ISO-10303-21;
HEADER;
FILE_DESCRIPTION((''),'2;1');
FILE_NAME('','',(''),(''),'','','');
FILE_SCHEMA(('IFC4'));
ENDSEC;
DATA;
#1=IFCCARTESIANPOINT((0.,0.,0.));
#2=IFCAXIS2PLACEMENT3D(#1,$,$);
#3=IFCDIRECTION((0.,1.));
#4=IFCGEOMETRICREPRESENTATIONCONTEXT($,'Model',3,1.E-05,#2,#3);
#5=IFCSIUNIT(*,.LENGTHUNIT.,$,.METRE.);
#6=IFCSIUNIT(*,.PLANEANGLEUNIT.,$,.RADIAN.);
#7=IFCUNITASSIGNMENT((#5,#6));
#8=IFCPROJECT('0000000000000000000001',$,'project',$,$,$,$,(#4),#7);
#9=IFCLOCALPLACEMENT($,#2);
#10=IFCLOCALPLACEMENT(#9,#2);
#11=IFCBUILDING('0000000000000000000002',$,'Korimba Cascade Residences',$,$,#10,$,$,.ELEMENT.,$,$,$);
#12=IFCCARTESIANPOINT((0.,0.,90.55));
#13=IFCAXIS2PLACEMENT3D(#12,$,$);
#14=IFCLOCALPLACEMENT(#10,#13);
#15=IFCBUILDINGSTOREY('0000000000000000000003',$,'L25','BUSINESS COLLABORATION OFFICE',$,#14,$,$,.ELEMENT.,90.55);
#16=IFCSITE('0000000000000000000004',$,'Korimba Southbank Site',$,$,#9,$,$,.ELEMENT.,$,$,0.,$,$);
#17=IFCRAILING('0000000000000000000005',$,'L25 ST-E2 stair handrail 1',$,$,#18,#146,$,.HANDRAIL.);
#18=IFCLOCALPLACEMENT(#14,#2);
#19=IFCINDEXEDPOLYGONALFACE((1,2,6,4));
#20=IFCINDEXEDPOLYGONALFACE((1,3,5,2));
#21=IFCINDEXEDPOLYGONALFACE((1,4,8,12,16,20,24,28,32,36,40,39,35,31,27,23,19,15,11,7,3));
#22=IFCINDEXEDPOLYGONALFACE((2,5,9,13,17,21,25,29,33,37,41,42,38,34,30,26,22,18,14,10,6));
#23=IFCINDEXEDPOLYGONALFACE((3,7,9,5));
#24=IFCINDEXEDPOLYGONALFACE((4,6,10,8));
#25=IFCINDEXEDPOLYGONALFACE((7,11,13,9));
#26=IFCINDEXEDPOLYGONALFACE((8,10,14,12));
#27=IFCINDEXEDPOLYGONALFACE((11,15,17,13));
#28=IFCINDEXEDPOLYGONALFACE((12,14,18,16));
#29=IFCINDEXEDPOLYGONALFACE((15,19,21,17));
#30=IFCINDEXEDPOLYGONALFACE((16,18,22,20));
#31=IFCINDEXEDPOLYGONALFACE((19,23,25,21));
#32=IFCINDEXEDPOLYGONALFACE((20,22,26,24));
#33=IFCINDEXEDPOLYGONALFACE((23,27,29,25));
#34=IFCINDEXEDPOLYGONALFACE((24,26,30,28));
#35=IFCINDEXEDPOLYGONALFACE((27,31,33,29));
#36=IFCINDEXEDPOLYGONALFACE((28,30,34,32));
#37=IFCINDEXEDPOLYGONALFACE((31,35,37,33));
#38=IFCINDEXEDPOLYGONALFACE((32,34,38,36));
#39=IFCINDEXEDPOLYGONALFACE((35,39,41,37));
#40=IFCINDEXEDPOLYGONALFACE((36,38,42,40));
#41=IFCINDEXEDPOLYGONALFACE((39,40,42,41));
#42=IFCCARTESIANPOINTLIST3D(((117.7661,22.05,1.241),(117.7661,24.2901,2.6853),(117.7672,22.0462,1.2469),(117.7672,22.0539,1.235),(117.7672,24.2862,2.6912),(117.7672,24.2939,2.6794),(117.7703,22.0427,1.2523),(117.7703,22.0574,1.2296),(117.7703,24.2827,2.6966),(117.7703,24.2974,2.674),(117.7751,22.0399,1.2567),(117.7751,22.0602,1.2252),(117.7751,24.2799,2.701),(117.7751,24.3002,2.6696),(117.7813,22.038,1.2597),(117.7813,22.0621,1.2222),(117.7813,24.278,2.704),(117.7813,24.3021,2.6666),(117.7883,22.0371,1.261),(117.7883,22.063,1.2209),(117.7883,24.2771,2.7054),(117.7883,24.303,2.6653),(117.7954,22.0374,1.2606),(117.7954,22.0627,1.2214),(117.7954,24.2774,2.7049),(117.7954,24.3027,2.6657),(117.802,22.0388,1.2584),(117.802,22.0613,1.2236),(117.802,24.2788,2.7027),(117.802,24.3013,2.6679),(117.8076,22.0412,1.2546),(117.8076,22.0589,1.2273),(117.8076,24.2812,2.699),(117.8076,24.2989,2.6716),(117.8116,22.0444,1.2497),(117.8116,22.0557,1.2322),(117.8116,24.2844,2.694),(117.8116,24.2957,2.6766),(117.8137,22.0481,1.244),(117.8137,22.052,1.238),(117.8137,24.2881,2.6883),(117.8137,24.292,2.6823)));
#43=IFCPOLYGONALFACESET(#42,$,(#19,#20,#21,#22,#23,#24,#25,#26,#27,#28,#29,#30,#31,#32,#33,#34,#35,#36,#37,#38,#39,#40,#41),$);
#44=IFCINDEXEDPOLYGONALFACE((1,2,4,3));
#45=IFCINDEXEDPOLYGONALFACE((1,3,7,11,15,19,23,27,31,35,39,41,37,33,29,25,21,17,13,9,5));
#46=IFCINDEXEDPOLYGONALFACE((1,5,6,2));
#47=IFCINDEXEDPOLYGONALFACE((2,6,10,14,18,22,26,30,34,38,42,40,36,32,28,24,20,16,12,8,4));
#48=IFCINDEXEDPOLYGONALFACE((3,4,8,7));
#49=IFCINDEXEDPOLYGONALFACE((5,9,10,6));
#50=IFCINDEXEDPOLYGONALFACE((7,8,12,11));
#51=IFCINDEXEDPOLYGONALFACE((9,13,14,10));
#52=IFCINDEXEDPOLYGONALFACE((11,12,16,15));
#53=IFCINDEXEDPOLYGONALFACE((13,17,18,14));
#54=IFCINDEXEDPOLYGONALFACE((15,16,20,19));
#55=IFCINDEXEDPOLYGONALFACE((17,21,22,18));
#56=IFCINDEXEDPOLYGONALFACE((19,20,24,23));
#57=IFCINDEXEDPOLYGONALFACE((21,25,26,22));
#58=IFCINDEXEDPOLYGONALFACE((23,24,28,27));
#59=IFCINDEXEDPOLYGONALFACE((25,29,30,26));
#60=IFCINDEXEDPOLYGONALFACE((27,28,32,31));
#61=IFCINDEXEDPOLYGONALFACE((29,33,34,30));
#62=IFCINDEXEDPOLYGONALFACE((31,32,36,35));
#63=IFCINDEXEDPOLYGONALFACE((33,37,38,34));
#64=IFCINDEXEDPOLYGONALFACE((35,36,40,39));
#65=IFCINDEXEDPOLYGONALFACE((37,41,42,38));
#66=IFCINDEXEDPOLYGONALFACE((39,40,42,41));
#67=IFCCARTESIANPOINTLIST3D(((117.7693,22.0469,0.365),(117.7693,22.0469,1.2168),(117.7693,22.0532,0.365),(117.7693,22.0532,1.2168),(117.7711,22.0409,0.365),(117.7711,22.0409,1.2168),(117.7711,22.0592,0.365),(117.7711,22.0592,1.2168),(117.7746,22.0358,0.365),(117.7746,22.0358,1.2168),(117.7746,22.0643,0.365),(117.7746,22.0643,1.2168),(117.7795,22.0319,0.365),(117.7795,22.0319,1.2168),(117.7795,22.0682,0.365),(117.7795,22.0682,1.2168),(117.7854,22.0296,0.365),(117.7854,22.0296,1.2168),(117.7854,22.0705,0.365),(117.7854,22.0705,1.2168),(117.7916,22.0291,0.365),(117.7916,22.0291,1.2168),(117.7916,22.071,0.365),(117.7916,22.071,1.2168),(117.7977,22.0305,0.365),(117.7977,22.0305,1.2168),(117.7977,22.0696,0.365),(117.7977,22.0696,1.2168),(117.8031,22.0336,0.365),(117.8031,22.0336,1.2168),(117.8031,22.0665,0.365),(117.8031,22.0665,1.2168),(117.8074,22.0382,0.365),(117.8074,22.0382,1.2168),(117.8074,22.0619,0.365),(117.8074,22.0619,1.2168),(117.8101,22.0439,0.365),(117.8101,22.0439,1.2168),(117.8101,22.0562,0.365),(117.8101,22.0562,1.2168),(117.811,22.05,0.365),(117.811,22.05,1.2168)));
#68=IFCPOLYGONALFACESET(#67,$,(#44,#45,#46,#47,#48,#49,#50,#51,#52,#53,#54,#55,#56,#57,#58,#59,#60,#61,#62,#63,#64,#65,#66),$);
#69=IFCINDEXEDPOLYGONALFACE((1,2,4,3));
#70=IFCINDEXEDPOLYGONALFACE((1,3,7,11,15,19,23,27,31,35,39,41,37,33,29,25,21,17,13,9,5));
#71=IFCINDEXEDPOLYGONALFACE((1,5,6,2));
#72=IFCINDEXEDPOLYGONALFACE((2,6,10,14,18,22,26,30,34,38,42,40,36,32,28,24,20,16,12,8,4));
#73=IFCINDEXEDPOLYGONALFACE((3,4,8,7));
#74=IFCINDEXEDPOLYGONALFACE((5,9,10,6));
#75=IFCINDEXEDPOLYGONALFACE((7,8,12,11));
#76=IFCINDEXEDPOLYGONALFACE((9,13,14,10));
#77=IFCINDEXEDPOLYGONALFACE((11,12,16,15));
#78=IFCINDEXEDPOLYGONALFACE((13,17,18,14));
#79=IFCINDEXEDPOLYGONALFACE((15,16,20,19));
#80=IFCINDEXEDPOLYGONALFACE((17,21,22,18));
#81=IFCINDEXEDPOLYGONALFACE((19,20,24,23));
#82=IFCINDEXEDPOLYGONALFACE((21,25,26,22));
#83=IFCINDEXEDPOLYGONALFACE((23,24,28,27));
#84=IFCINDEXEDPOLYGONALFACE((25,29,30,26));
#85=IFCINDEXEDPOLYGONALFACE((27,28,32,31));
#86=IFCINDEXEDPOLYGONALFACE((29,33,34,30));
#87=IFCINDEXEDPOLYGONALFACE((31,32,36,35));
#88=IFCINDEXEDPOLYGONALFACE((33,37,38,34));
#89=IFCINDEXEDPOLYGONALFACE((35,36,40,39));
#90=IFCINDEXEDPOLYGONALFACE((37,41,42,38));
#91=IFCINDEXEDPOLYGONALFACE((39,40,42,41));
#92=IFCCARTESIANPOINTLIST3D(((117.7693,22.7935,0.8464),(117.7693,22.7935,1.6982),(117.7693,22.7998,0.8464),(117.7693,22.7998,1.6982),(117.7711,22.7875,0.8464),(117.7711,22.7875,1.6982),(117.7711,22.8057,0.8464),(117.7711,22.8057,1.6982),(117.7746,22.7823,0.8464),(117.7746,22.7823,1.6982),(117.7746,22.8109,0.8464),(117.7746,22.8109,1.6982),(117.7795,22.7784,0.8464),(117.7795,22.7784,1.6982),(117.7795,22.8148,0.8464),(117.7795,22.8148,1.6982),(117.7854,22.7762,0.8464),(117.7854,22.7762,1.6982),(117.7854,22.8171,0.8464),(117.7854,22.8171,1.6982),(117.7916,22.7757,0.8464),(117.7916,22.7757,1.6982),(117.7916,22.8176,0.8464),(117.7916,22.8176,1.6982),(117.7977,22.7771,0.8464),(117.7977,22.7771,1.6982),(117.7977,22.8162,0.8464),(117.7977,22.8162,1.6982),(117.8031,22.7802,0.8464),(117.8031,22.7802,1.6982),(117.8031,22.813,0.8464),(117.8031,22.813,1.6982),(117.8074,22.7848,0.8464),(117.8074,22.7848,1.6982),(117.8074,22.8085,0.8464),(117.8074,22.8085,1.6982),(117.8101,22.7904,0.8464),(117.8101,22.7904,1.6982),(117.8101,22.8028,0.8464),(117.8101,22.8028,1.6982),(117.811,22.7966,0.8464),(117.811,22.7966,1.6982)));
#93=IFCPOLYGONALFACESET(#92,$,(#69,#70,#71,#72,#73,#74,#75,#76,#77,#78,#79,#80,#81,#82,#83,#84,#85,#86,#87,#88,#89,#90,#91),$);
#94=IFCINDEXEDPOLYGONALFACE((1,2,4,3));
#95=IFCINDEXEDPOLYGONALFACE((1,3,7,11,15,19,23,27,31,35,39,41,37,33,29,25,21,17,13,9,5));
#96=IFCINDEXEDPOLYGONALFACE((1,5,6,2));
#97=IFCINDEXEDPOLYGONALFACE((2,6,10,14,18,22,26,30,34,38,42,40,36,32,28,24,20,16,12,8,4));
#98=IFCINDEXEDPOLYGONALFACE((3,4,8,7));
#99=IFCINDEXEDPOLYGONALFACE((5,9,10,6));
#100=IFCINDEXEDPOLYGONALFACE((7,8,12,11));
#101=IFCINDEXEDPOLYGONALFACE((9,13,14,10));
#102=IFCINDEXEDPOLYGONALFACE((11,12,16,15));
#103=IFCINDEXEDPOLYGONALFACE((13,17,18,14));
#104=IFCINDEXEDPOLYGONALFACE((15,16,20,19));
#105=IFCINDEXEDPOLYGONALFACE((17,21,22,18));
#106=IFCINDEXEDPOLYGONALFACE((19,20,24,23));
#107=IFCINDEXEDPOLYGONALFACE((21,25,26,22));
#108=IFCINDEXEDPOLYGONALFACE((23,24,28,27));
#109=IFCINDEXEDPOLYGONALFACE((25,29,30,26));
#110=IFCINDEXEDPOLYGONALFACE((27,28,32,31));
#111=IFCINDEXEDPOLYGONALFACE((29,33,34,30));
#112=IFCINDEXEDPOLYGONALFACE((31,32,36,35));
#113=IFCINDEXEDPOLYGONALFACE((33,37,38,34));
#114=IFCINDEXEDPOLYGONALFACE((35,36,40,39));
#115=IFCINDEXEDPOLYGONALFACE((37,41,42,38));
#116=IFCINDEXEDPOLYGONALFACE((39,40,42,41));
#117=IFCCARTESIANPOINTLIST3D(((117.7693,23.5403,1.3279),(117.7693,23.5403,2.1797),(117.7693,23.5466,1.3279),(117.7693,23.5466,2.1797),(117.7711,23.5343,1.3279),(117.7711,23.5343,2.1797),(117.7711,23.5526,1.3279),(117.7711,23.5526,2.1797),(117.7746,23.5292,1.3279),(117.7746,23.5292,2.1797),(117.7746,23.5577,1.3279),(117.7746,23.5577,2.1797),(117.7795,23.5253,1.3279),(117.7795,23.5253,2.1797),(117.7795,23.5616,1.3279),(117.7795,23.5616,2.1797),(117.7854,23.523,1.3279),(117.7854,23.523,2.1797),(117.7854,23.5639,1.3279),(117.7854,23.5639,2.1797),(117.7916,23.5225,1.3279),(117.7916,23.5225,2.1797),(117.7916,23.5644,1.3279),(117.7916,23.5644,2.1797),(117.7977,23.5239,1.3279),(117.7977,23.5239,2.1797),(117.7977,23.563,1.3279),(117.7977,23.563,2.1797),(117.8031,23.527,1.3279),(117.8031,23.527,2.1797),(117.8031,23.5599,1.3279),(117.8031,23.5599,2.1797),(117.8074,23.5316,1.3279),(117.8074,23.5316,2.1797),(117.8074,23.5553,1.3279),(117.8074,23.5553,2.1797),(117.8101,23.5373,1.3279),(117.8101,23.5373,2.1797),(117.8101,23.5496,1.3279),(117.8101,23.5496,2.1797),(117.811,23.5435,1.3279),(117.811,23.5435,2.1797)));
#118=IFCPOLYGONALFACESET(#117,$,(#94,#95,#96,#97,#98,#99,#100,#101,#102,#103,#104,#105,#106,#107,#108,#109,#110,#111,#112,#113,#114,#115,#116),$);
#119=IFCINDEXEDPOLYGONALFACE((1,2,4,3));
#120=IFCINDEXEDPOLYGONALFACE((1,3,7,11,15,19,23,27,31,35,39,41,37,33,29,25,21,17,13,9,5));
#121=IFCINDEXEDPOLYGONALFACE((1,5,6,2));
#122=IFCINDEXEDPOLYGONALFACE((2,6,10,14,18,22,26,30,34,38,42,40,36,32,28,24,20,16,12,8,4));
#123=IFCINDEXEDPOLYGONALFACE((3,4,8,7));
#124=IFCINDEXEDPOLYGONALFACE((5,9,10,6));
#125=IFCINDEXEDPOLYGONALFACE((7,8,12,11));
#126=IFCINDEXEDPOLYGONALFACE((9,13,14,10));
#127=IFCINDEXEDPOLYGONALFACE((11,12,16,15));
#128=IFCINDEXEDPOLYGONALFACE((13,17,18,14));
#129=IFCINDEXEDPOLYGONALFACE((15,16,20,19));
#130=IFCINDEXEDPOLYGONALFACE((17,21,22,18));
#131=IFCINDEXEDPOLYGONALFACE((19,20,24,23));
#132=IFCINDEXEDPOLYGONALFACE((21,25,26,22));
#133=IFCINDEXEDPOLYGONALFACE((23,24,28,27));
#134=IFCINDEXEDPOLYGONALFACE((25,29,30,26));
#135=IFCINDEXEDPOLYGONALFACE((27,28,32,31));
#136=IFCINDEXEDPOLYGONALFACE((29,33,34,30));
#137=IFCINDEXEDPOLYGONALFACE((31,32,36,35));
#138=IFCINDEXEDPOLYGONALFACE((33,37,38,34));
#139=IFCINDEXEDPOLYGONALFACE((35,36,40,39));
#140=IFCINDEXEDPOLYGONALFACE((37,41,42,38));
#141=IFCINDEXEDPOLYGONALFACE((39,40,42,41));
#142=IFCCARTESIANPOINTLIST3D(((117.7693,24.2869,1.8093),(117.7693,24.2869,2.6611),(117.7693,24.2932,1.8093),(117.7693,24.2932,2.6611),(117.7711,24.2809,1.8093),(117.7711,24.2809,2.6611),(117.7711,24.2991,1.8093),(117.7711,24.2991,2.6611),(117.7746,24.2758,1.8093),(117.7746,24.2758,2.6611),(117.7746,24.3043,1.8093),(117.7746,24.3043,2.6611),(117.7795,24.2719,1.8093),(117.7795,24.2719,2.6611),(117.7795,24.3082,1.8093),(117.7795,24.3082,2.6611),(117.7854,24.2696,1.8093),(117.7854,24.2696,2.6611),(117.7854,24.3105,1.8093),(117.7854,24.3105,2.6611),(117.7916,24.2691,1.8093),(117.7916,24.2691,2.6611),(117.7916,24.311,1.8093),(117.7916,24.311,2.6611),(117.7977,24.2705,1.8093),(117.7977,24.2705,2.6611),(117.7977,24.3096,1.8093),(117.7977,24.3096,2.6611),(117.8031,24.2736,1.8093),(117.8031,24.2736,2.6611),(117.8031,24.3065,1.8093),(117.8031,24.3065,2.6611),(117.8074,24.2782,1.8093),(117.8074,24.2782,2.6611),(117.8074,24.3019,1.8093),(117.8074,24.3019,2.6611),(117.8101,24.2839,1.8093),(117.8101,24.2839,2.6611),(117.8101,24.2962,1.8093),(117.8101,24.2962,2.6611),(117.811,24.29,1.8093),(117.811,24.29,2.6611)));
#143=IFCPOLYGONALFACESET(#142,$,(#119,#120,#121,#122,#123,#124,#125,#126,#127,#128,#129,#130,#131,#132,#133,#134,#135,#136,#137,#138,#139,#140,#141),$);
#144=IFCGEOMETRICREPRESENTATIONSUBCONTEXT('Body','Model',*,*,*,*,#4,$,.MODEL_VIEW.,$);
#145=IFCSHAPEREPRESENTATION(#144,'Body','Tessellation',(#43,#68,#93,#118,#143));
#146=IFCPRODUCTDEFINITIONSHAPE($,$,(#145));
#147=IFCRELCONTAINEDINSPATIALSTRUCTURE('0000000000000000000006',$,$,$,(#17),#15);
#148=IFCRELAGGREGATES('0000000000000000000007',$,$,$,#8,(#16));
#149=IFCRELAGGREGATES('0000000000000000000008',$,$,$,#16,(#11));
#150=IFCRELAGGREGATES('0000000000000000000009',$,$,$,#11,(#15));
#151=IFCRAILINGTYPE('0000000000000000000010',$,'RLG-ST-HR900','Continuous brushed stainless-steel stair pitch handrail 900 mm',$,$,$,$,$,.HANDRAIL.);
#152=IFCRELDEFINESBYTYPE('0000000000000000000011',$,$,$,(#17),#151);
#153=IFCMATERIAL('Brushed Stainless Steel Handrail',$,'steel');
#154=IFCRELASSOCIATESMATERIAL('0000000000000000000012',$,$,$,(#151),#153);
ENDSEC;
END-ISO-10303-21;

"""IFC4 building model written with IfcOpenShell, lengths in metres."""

from ifc_helpers import new_model, si_unit, direction, frame, origin, origin_2d, place, context, subcontext, project, spatial, circle, extrude, material, type_object, element, save


model = new_model("IFC4")

# Units and contexts
model_context = context("Model", 3, precision=1e-05, world=origin(), true_north=direction((0.0, 1.0)))
body_context = subcontext(model_context, "Body", "Model", "MODEL_VIEW")
ifc_project = project(units=[si_unit("LENGTHUNIT", "METRE"), si_unit("PLANEANGLEUNIT", "RADIAN")], contexts=[model_context])

# Site, building, storey
site_placement = place(None, origin())
site = spatial("IfcSite", under=ifc_project, at=site_placement, Name="Korimba Southbank Site", CompositionType="ELEMENT", RefElevation=0.0)
building_placement = place(site_placement, origin())
building = spatial("IfcBuilding", under=site, at=building_placement, Name="Korimba Cascade Residences", CompositionType="ELEMENT")
storey_placement = place(building_placement, frame((0.0, 0.0, 90.55)))
storey = spatial("IfcBuildingStorey", under=building, at=storey_placement, Name="L25", Description="BUSINESS COLLABORATION OFFICE", CompositionType="ELEMENT", Elevation=90.55)

# Railing
ifc_material_1 = material(Name="Brushed Stainless Steel Handrail", Category="steel")
railing_type_1 = type_object("IfcRailingType", Name="RLG-ST-HR900", Description="Continuous brushed stainless-steel stair pitch handrail 900 mm", PredefinedType="HANDRAIL", material=ifc_material_1)
railing_1_placement = place(storey_placement, frame((117.79, 22.05, 0.365)))
element("IfcRailing", 1, at=railing_1_placement, inside=storey, type_object=railing_type_1, Name="L25 ST-E2 stair handrail 1", PredefinedType="HANDRAIL", context=body_context, shape_type="SweptSolid", body=[
    extrude(circle(Radius=0.0239, at=origin_2d()), frame((0.0, 0.0, 0.876), z_axis=(0.0, 0.840437, 0.54191), x_axis=(-1.0, 0.0, 0.0)), (0.0, 0.0, 1.0), 2.6653),
    extrude(circle(Radius=0.021, at=origin_2d()), origin(), (0.0, 0.0, 1.0), 0.8518),
    extrude(circle(Radius=0.021, at=origin_2d()), frame((0.0, 0.7466, 0.4814)), (0.0, 0.0, 1.0), 0.8518),
    extrude(circle(Radius=0.021, at=origin_2d()), frame((0.0, 1.4934, 0.9629)), (0.0, 0.0, 1.0), 0.8518),
    extrude(circle(Radius=0.021, at=origin_2d()), frame((0.0, 2.24, 1.4443)), (0.0, 0.0, 1.0), 0.8518),
])

save(model, "model.ifc")
